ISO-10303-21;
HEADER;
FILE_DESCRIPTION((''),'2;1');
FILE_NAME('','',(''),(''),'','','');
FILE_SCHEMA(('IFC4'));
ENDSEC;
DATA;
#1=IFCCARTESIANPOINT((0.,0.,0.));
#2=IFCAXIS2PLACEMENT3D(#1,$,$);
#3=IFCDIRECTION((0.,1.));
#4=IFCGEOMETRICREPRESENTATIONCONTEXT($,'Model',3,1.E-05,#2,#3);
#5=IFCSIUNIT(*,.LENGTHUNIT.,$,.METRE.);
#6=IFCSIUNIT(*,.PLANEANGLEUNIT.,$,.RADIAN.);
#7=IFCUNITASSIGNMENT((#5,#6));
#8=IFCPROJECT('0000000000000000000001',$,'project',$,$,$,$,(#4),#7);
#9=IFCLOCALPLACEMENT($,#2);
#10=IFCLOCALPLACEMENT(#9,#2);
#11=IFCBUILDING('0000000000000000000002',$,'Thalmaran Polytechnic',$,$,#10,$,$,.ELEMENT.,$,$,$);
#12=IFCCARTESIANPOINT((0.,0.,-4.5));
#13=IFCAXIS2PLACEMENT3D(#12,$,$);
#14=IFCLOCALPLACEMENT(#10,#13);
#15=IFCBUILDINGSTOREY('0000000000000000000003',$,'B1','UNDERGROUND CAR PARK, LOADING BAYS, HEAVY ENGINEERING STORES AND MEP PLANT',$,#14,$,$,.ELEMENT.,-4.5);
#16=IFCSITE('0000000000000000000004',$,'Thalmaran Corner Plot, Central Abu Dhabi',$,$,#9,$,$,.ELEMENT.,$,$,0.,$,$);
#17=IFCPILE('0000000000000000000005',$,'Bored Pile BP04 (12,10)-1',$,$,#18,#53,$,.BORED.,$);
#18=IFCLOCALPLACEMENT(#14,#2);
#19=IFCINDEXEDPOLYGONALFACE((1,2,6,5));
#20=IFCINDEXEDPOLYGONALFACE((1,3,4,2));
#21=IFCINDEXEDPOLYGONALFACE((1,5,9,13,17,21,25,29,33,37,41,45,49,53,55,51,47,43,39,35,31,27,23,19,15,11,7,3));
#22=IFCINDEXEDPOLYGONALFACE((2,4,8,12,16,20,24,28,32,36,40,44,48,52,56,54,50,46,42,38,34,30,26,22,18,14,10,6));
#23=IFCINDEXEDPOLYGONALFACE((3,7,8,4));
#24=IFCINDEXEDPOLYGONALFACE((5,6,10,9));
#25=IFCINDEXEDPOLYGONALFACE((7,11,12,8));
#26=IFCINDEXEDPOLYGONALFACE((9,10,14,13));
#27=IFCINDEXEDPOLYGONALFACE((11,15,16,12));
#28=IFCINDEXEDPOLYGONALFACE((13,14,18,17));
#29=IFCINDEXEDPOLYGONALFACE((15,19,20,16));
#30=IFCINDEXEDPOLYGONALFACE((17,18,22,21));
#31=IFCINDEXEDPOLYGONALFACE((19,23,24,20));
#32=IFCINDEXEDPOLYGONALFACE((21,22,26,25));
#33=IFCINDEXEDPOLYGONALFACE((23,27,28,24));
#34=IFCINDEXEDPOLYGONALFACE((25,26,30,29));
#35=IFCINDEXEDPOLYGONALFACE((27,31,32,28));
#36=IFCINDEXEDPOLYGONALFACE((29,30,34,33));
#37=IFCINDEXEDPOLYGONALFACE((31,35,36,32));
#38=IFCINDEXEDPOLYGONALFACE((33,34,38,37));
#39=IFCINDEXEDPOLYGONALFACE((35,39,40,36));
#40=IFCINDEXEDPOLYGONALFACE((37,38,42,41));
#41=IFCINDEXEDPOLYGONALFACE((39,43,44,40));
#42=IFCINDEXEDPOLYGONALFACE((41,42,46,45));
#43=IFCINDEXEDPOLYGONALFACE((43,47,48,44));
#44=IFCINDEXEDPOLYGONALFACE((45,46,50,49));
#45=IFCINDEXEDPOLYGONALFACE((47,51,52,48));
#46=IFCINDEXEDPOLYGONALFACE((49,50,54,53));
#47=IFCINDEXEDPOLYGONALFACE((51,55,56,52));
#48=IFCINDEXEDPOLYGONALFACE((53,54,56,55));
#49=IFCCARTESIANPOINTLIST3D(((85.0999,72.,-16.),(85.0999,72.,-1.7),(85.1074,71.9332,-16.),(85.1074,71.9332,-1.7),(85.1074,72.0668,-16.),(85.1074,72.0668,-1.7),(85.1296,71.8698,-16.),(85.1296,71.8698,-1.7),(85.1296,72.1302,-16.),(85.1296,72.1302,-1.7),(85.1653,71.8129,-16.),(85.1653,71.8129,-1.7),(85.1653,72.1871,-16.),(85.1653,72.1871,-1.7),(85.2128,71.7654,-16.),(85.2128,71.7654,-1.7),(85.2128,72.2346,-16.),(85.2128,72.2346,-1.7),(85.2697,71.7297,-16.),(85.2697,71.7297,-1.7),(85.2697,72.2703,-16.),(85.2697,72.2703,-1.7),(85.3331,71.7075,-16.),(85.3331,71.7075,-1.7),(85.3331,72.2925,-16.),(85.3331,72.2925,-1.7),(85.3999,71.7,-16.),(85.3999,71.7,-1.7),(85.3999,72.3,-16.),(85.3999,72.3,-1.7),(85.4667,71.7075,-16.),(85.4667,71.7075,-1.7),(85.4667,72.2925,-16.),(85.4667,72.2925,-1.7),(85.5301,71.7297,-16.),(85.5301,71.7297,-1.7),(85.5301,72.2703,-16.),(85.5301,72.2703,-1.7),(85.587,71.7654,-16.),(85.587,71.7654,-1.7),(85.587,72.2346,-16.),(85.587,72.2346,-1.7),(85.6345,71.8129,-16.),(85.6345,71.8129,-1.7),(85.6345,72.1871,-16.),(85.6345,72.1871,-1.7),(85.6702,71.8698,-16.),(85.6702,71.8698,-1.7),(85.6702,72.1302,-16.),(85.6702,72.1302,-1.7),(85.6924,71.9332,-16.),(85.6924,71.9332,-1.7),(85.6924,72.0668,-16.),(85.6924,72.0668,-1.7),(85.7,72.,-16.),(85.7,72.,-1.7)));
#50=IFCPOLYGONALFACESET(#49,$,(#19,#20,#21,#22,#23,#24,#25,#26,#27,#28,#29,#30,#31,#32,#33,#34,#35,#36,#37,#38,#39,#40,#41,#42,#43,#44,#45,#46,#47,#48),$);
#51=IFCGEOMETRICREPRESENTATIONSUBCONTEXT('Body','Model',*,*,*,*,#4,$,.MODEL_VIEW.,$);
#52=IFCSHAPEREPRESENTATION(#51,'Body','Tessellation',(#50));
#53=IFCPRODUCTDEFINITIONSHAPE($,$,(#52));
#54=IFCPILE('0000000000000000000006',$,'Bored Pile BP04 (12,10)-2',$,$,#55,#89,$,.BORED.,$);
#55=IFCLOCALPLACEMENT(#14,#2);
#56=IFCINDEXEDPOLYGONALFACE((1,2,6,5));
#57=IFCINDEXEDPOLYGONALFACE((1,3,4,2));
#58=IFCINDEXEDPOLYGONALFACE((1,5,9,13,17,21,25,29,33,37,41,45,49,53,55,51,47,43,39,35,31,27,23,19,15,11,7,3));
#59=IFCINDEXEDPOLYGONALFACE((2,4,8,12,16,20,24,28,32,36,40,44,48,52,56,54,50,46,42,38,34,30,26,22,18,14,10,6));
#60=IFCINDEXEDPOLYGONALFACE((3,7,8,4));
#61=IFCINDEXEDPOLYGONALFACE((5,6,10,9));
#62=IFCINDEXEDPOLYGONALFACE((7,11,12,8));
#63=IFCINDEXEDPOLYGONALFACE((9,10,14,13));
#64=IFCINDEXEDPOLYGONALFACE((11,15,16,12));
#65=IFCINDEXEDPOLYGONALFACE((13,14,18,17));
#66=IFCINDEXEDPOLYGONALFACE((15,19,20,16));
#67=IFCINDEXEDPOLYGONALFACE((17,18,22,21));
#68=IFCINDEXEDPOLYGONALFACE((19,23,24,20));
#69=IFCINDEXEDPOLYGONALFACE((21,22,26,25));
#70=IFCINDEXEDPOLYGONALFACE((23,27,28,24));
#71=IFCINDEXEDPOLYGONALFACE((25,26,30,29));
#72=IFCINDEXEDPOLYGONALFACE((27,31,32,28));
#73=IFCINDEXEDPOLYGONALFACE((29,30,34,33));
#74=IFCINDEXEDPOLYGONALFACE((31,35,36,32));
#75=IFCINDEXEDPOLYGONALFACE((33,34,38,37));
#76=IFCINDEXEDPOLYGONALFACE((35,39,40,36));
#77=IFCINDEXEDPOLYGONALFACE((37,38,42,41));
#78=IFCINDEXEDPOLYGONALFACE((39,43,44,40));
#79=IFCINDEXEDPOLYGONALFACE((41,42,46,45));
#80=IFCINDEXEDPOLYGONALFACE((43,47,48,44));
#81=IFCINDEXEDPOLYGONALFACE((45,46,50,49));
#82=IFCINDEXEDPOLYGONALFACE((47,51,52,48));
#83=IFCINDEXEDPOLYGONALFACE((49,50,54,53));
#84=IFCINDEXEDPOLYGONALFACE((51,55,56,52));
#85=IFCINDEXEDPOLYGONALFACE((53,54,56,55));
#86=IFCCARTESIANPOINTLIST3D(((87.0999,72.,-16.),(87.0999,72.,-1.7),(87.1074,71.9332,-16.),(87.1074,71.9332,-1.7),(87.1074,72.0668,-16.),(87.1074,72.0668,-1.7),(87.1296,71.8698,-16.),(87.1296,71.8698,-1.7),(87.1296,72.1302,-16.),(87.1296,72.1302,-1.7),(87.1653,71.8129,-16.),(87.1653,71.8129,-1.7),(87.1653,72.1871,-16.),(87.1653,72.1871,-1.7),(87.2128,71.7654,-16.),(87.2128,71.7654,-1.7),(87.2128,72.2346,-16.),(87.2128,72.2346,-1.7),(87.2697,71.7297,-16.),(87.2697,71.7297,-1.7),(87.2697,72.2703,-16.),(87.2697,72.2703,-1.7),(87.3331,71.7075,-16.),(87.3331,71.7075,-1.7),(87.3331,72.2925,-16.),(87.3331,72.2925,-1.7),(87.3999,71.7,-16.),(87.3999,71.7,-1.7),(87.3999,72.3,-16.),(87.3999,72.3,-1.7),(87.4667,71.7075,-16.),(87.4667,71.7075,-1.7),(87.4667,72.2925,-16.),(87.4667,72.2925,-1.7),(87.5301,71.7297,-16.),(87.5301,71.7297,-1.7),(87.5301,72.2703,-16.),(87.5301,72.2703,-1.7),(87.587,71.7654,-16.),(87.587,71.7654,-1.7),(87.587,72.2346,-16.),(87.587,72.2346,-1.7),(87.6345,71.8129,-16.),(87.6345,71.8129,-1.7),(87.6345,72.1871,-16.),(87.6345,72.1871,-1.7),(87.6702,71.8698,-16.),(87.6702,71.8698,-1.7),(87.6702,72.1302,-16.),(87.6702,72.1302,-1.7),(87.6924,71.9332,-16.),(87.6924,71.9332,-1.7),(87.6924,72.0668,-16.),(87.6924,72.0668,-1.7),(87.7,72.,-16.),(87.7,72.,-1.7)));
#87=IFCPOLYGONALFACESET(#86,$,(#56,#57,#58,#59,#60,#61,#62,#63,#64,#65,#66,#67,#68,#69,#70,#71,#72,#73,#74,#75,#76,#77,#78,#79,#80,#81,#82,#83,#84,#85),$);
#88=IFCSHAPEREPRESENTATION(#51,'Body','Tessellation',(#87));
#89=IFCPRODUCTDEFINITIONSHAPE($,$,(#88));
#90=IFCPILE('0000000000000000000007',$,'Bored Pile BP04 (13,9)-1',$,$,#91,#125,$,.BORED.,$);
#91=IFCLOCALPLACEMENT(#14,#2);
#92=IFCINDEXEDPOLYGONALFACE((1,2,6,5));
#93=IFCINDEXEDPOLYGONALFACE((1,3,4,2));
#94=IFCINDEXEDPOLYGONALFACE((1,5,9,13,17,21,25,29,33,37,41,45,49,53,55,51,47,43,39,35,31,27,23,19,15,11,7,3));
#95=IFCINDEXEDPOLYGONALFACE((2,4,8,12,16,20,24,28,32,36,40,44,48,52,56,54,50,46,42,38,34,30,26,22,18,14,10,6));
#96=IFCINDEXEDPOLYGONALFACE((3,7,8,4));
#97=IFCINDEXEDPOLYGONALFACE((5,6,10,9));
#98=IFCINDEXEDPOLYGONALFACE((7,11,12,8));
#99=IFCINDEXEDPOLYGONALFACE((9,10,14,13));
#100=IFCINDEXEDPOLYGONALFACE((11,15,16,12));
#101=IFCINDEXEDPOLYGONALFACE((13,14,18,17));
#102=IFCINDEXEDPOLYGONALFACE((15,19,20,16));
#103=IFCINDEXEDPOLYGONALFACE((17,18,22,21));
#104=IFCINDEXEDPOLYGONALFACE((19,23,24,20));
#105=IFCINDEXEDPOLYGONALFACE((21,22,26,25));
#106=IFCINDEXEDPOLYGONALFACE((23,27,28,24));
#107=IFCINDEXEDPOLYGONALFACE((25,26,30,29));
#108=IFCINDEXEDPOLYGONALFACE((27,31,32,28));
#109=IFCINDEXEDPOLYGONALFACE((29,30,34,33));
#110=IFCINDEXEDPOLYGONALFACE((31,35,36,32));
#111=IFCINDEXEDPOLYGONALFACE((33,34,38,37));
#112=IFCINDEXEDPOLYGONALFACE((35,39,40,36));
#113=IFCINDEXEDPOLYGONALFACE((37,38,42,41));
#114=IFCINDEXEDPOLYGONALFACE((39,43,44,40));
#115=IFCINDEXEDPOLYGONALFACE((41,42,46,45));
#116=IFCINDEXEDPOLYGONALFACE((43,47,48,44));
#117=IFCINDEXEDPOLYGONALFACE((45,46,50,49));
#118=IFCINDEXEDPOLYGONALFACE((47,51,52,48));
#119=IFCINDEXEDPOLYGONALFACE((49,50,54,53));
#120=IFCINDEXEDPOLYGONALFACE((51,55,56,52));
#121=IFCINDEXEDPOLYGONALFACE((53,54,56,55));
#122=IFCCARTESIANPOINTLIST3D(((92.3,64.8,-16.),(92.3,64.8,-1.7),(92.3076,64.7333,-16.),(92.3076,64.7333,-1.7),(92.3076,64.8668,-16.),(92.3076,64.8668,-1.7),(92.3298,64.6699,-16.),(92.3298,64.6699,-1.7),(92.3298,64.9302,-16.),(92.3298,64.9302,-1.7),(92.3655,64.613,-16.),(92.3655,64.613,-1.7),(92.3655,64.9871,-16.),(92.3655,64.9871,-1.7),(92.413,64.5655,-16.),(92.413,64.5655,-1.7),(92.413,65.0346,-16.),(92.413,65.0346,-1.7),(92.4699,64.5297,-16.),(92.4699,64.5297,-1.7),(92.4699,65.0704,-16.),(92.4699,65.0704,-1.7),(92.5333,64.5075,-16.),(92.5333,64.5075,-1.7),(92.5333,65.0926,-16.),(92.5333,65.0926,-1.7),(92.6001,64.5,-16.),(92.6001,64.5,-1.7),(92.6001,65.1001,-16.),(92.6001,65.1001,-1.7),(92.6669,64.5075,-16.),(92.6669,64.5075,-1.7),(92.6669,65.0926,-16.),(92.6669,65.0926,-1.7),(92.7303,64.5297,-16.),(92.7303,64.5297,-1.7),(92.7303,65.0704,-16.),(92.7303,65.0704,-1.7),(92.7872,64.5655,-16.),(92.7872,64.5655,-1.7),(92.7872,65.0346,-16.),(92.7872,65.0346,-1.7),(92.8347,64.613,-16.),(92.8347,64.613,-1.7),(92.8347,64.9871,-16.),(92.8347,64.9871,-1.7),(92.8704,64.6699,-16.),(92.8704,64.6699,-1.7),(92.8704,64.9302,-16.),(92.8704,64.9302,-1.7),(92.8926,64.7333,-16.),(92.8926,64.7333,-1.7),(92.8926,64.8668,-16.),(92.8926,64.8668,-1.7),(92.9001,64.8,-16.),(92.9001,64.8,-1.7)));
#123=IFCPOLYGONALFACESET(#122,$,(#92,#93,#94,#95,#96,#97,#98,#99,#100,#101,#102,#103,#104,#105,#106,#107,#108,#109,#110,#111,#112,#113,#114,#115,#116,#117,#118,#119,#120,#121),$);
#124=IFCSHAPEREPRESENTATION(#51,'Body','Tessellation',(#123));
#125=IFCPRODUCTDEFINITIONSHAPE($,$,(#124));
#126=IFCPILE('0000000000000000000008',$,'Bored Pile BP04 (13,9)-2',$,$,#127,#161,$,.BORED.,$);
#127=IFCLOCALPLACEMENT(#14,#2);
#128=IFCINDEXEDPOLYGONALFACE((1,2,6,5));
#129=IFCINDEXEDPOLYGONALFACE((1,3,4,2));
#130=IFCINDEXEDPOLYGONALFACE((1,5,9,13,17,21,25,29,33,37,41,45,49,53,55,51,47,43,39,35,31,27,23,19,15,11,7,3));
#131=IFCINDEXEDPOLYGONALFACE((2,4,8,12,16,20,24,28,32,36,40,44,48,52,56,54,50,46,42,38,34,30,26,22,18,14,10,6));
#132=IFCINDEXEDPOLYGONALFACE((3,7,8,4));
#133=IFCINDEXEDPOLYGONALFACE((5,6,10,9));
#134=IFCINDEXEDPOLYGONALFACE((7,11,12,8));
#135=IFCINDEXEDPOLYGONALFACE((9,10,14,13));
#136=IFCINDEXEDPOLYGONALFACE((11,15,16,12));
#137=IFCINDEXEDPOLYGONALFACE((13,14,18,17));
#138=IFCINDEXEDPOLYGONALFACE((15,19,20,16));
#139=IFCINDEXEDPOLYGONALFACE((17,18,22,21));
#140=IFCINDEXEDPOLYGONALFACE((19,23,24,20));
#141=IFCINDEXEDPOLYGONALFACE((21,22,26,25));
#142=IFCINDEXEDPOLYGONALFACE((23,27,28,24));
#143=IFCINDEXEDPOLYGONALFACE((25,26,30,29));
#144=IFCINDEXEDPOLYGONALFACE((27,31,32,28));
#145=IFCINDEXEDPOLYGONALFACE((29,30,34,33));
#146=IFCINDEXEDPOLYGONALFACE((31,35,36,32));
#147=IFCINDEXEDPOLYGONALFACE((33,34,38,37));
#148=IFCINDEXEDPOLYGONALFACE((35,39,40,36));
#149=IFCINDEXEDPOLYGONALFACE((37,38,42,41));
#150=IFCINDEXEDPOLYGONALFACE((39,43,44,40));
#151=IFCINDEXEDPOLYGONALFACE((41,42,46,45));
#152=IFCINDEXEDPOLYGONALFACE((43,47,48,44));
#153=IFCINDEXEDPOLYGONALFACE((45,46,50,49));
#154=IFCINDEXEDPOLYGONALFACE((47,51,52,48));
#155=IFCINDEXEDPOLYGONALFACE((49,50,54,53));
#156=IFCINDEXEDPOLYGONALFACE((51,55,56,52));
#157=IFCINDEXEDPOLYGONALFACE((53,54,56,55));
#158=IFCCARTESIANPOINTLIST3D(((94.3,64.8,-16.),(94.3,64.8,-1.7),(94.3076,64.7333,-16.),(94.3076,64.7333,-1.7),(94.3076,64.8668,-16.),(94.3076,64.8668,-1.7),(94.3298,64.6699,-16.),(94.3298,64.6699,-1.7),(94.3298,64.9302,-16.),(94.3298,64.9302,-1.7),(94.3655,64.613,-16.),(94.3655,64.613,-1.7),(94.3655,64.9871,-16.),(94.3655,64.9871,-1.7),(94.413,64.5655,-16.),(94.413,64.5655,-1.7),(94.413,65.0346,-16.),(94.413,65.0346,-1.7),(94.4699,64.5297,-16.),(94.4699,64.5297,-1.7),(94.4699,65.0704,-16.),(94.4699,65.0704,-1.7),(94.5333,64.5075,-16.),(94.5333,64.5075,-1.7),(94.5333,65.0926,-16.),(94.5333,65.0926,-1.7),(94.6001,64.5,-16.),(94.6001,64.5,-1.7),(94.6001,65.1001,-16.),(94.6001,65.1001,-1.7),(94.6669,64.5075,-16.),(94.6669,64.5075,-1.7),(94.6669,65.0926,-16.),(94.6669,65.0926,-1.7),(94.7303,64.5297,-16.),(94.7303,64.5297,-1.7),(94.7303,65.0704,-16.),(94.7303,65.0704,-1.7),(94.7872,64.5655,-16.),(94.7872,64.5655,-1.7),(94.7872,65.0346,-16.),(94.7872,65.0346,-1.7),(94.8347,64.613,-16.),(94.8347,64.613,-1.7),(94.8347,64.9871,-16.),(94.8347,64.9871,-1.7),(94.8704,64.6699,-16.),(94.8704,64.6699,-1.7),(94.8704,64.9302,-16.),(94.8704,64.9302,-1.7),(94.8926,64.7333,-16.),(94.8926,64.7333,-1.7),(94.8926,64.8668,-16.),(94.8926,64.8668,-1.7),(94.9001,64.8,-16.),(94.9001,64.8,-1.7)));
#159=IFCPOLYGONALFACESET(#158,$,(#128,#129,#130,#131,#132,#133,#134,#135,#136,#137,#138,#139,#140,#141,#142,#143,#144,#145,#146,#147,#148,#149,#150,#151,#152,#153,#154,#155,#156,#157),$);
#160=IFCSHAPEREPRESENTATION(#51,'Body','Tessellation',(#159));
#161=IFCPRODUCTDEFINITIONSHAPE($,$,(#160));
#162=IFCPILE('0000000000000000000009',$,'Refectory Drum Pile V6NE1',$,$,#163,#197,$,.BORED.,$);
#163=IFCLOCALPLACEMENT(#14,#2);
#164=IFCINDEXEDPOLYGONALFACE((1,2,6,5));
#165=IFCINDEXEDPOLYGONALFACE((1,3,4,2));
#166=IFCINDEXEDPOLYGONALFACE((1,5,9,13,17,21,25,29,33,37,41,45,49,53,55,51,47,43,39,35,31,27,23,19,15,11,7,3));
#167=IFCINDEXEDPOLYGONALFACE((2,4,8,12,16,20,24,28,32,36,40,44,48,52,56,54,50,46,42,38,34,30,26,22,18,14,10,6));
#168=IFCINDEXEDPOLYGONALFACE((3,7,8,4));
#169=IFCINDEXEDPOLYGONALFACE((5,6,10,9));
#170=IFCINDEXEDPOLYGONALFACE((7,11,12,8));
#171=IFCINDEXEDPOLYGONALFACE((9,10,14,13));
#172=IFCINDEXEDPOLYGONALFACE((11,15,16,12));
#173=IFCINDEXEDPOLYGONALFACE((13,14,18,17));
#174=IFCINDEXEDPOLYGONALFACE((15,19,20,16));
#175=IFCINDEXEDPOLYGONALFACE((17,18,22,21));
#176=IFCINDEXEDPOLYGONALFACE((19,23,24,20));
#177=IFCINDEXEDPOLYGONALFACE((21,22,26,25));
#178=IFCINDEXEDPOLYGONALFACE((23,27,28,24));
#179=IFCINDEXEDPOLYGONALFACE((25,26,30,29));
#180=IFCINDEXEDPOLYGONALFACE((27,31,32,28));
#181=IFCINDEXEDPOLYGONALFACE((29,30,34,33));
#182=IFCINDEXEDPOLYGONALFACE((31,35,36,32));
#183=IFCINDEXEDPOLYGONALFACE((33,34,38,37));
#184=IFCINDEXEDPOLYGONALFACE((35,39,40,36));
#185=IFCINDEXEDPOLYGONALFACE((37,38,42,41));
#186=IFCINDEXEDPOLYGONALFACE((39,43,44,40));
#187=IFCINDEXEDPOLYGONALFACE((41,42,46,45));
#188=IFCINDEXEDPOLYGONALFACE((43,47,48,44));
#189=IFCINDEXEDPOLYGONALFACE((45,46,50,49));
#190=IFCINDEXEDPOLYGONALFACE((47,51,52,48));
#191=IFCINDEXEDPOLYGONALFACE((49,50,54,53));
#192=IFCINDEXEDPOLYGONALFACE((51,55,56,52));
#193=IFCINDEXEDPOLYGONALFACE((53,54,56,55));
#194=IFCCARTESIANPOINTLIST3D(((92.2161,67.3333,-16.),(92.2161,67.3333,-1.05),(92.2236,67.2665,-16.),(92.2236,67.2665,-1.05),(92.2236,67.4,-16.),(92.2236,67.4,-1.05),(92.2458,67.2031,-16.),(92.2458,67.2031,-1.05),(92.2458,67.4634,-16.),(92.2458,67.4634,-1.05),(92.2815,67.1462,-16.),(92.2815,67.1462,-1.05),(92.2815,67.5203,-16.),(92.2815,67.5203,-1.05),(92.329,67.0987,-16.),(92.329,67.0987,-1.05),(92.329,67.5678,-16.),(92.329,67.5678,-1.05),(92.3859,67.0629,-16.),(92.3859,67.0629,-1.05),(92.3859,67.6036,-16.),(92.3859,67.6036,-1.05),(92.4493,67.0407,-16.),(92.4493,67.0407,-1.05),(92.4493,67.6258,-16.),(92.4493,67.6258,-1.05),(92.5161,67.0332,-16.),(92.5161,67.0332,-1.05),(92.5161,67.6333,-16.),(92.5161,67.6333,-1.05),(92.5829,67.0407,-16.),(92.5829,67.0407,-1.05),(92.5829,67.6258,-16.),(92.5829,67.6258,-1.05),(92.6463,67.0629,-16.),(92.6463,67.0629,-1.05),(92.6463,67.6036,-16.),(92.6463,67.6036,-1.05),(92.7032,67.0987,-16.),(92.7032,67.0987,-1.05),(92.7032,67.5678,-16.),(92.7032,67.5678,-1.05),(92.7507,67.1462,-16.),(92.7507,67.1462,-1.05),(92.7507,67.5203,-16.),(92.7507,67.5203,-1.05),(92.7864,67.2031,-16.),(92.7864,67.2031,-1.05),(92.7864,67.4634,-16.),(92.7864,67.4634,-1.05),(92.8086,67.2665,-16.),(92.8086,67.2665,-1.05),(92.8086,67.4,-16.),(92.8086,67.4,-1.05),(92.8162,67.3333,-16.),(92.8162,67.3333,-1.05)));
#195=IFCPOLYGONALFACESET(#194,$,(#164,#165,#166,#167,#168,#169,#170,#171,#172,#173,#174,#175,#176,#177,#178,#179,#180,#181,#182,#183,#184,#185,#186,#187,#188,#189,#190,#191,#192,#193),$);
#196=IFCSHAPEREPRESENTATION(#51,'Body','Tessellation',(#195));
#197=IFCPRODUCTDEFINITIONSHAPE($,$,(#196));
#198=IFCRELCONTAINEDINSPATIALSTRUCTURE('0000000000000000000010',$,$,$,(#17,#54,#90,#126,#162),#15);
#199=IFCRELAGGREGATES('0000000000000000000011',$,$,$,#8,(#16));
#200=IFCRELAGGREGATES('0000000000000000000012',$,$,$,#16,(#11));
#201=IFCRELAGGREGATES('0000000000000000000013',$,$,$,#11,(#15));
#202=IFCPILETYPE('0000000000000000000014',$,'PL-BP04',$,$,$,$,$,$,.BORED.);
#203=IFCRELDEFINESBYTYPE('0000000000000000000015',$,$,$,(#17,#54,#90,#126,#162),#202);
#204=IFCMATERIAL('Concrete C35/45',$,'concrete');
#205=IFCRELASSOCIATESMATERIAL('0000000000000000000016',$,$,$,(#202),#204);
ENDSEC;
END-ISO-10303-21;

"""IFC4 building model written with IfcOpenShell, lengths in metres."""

from ifc_helpers import new_model, si_unit, direction, frame, origin, origin_2d, place, context, subcontext, project, spatial, circle, extrude, material, material_profile, profile_set, type_object, element, save


model = new_model("IFC4")

# Units and contexts
model_context = context("Model", 3, precision=1e-05, world=origin(), true_north=direction((0.0, 1.0)))
body_context = subcontext(model_context, "Body", "Model", "MODEL_VIEW")
ifc_project = project(units=[si_unit("LENGTHUNIT", "METRE"), si_unit("PLANEANGLEUNIT", "RADIAN")], contexts=[model_context])

# Site, building, storey
site_placement = place(None, origin())
site = spatial("IfcSite", under=ifc_project, at=site_placement, Name="Thalmaran Corner Plot, Central Abu Dhabi", CompositionType="ELEMENT", RefElevation=0.0)
building_placement = place(site_placement, origin())
building = spatial("IfcBuilding", under=site, at=building_placement, Name="Thalmaran Polytechnic", CompositionType="ELEMENT")
storey_placement = place(building_placement, frame((0.0, 0.0, -4.5)))
storey = spatial("IfcBuildingStorey", under=building, at=storey_placement, Name="B1", Description="UNDERGROUND CAR PARK, LOADING BAYS, HEAVY ENGINEERING STORES AND MEP PLANT", CompositionType="ELEMENT", Elevation=-4.5)

# Piles
ifc_material_1 = material(Name="Concrete C35/45", Category="concrete")
ifc_material_profile_1 = material_profile(ifc_material_1, circle(Radius=0.3, at=origin_2d()), Name="RC 600 DIA")
ifc_profile_set_1 = profile_set([ifc_material_profile_1], Name="Concrete C35/45")
pile_type = type_object("IfcPileType", Name="PL-BP04", PredefinedType="BORED", material=ifc_profile_set_1)
for number, where, z_axis, x_axis, name in (
    (1, (85.3999, 72.0, -1.7), (0.0, 0.0, -1.0), (1.0, 0.0, 0.0), "Bored Pile BP04 (12,10)-1"),
    (2, (87.3999, 72.0, -1.7), (0.0, 0.0, -1.0), (1.0, 0.0, 0.0), "Bored Pile BP04 (12,10)-2"),
    (3, (92.6001, 64.8, -1.7), (0.0, 0.0, -1.0), (1.0, 0.0, 0.0), "Bored Pile BP04 (13,9)-1"),
    (4, (94.6001, 64.8, -1.7), (0.0, 0.0, -1.0), (1.0, 0.0, 0.0), "Bored Pile BP04 (13,9)-2"),
):
    element("IfcPile", number, at=place(storey_placement, frame(where, z_axis=z_axis, x_axis=x_axis)), inside=storey, type_object=pile_type, Name=name, PredefinedType="BORED", context=body_context, shape_type="SweptSolid", body=[
        extrude(circle(Radius=0.3, at=origin_2d()), origin(), (0.0, 0.0, 1.0), 14.3),
    ])
for number, where, z_axis, x_axis, name in (
    (5, (92.5161, 67.3333, -1.05), (0.0, 0.0, -1.0), (1.0, 0.0, 0.0), "Refectory Drum Pile V6NE1"),
):
    element("IfcPile", number, at=place(storey_placement, frame(where, z_axis=z_axis, x_axis=x_axis)), inside=storey, type_object=pile_type, Name=name, PredefinedType="BORED", context=body_context, shape_type="SweptSolid", body=[
        extrude(circle(Radius=0.3, at=origin_2d()), origin(), (0.0, 0.0, 1.0), 14.95),
    ])

save(model, "model.ifc")
